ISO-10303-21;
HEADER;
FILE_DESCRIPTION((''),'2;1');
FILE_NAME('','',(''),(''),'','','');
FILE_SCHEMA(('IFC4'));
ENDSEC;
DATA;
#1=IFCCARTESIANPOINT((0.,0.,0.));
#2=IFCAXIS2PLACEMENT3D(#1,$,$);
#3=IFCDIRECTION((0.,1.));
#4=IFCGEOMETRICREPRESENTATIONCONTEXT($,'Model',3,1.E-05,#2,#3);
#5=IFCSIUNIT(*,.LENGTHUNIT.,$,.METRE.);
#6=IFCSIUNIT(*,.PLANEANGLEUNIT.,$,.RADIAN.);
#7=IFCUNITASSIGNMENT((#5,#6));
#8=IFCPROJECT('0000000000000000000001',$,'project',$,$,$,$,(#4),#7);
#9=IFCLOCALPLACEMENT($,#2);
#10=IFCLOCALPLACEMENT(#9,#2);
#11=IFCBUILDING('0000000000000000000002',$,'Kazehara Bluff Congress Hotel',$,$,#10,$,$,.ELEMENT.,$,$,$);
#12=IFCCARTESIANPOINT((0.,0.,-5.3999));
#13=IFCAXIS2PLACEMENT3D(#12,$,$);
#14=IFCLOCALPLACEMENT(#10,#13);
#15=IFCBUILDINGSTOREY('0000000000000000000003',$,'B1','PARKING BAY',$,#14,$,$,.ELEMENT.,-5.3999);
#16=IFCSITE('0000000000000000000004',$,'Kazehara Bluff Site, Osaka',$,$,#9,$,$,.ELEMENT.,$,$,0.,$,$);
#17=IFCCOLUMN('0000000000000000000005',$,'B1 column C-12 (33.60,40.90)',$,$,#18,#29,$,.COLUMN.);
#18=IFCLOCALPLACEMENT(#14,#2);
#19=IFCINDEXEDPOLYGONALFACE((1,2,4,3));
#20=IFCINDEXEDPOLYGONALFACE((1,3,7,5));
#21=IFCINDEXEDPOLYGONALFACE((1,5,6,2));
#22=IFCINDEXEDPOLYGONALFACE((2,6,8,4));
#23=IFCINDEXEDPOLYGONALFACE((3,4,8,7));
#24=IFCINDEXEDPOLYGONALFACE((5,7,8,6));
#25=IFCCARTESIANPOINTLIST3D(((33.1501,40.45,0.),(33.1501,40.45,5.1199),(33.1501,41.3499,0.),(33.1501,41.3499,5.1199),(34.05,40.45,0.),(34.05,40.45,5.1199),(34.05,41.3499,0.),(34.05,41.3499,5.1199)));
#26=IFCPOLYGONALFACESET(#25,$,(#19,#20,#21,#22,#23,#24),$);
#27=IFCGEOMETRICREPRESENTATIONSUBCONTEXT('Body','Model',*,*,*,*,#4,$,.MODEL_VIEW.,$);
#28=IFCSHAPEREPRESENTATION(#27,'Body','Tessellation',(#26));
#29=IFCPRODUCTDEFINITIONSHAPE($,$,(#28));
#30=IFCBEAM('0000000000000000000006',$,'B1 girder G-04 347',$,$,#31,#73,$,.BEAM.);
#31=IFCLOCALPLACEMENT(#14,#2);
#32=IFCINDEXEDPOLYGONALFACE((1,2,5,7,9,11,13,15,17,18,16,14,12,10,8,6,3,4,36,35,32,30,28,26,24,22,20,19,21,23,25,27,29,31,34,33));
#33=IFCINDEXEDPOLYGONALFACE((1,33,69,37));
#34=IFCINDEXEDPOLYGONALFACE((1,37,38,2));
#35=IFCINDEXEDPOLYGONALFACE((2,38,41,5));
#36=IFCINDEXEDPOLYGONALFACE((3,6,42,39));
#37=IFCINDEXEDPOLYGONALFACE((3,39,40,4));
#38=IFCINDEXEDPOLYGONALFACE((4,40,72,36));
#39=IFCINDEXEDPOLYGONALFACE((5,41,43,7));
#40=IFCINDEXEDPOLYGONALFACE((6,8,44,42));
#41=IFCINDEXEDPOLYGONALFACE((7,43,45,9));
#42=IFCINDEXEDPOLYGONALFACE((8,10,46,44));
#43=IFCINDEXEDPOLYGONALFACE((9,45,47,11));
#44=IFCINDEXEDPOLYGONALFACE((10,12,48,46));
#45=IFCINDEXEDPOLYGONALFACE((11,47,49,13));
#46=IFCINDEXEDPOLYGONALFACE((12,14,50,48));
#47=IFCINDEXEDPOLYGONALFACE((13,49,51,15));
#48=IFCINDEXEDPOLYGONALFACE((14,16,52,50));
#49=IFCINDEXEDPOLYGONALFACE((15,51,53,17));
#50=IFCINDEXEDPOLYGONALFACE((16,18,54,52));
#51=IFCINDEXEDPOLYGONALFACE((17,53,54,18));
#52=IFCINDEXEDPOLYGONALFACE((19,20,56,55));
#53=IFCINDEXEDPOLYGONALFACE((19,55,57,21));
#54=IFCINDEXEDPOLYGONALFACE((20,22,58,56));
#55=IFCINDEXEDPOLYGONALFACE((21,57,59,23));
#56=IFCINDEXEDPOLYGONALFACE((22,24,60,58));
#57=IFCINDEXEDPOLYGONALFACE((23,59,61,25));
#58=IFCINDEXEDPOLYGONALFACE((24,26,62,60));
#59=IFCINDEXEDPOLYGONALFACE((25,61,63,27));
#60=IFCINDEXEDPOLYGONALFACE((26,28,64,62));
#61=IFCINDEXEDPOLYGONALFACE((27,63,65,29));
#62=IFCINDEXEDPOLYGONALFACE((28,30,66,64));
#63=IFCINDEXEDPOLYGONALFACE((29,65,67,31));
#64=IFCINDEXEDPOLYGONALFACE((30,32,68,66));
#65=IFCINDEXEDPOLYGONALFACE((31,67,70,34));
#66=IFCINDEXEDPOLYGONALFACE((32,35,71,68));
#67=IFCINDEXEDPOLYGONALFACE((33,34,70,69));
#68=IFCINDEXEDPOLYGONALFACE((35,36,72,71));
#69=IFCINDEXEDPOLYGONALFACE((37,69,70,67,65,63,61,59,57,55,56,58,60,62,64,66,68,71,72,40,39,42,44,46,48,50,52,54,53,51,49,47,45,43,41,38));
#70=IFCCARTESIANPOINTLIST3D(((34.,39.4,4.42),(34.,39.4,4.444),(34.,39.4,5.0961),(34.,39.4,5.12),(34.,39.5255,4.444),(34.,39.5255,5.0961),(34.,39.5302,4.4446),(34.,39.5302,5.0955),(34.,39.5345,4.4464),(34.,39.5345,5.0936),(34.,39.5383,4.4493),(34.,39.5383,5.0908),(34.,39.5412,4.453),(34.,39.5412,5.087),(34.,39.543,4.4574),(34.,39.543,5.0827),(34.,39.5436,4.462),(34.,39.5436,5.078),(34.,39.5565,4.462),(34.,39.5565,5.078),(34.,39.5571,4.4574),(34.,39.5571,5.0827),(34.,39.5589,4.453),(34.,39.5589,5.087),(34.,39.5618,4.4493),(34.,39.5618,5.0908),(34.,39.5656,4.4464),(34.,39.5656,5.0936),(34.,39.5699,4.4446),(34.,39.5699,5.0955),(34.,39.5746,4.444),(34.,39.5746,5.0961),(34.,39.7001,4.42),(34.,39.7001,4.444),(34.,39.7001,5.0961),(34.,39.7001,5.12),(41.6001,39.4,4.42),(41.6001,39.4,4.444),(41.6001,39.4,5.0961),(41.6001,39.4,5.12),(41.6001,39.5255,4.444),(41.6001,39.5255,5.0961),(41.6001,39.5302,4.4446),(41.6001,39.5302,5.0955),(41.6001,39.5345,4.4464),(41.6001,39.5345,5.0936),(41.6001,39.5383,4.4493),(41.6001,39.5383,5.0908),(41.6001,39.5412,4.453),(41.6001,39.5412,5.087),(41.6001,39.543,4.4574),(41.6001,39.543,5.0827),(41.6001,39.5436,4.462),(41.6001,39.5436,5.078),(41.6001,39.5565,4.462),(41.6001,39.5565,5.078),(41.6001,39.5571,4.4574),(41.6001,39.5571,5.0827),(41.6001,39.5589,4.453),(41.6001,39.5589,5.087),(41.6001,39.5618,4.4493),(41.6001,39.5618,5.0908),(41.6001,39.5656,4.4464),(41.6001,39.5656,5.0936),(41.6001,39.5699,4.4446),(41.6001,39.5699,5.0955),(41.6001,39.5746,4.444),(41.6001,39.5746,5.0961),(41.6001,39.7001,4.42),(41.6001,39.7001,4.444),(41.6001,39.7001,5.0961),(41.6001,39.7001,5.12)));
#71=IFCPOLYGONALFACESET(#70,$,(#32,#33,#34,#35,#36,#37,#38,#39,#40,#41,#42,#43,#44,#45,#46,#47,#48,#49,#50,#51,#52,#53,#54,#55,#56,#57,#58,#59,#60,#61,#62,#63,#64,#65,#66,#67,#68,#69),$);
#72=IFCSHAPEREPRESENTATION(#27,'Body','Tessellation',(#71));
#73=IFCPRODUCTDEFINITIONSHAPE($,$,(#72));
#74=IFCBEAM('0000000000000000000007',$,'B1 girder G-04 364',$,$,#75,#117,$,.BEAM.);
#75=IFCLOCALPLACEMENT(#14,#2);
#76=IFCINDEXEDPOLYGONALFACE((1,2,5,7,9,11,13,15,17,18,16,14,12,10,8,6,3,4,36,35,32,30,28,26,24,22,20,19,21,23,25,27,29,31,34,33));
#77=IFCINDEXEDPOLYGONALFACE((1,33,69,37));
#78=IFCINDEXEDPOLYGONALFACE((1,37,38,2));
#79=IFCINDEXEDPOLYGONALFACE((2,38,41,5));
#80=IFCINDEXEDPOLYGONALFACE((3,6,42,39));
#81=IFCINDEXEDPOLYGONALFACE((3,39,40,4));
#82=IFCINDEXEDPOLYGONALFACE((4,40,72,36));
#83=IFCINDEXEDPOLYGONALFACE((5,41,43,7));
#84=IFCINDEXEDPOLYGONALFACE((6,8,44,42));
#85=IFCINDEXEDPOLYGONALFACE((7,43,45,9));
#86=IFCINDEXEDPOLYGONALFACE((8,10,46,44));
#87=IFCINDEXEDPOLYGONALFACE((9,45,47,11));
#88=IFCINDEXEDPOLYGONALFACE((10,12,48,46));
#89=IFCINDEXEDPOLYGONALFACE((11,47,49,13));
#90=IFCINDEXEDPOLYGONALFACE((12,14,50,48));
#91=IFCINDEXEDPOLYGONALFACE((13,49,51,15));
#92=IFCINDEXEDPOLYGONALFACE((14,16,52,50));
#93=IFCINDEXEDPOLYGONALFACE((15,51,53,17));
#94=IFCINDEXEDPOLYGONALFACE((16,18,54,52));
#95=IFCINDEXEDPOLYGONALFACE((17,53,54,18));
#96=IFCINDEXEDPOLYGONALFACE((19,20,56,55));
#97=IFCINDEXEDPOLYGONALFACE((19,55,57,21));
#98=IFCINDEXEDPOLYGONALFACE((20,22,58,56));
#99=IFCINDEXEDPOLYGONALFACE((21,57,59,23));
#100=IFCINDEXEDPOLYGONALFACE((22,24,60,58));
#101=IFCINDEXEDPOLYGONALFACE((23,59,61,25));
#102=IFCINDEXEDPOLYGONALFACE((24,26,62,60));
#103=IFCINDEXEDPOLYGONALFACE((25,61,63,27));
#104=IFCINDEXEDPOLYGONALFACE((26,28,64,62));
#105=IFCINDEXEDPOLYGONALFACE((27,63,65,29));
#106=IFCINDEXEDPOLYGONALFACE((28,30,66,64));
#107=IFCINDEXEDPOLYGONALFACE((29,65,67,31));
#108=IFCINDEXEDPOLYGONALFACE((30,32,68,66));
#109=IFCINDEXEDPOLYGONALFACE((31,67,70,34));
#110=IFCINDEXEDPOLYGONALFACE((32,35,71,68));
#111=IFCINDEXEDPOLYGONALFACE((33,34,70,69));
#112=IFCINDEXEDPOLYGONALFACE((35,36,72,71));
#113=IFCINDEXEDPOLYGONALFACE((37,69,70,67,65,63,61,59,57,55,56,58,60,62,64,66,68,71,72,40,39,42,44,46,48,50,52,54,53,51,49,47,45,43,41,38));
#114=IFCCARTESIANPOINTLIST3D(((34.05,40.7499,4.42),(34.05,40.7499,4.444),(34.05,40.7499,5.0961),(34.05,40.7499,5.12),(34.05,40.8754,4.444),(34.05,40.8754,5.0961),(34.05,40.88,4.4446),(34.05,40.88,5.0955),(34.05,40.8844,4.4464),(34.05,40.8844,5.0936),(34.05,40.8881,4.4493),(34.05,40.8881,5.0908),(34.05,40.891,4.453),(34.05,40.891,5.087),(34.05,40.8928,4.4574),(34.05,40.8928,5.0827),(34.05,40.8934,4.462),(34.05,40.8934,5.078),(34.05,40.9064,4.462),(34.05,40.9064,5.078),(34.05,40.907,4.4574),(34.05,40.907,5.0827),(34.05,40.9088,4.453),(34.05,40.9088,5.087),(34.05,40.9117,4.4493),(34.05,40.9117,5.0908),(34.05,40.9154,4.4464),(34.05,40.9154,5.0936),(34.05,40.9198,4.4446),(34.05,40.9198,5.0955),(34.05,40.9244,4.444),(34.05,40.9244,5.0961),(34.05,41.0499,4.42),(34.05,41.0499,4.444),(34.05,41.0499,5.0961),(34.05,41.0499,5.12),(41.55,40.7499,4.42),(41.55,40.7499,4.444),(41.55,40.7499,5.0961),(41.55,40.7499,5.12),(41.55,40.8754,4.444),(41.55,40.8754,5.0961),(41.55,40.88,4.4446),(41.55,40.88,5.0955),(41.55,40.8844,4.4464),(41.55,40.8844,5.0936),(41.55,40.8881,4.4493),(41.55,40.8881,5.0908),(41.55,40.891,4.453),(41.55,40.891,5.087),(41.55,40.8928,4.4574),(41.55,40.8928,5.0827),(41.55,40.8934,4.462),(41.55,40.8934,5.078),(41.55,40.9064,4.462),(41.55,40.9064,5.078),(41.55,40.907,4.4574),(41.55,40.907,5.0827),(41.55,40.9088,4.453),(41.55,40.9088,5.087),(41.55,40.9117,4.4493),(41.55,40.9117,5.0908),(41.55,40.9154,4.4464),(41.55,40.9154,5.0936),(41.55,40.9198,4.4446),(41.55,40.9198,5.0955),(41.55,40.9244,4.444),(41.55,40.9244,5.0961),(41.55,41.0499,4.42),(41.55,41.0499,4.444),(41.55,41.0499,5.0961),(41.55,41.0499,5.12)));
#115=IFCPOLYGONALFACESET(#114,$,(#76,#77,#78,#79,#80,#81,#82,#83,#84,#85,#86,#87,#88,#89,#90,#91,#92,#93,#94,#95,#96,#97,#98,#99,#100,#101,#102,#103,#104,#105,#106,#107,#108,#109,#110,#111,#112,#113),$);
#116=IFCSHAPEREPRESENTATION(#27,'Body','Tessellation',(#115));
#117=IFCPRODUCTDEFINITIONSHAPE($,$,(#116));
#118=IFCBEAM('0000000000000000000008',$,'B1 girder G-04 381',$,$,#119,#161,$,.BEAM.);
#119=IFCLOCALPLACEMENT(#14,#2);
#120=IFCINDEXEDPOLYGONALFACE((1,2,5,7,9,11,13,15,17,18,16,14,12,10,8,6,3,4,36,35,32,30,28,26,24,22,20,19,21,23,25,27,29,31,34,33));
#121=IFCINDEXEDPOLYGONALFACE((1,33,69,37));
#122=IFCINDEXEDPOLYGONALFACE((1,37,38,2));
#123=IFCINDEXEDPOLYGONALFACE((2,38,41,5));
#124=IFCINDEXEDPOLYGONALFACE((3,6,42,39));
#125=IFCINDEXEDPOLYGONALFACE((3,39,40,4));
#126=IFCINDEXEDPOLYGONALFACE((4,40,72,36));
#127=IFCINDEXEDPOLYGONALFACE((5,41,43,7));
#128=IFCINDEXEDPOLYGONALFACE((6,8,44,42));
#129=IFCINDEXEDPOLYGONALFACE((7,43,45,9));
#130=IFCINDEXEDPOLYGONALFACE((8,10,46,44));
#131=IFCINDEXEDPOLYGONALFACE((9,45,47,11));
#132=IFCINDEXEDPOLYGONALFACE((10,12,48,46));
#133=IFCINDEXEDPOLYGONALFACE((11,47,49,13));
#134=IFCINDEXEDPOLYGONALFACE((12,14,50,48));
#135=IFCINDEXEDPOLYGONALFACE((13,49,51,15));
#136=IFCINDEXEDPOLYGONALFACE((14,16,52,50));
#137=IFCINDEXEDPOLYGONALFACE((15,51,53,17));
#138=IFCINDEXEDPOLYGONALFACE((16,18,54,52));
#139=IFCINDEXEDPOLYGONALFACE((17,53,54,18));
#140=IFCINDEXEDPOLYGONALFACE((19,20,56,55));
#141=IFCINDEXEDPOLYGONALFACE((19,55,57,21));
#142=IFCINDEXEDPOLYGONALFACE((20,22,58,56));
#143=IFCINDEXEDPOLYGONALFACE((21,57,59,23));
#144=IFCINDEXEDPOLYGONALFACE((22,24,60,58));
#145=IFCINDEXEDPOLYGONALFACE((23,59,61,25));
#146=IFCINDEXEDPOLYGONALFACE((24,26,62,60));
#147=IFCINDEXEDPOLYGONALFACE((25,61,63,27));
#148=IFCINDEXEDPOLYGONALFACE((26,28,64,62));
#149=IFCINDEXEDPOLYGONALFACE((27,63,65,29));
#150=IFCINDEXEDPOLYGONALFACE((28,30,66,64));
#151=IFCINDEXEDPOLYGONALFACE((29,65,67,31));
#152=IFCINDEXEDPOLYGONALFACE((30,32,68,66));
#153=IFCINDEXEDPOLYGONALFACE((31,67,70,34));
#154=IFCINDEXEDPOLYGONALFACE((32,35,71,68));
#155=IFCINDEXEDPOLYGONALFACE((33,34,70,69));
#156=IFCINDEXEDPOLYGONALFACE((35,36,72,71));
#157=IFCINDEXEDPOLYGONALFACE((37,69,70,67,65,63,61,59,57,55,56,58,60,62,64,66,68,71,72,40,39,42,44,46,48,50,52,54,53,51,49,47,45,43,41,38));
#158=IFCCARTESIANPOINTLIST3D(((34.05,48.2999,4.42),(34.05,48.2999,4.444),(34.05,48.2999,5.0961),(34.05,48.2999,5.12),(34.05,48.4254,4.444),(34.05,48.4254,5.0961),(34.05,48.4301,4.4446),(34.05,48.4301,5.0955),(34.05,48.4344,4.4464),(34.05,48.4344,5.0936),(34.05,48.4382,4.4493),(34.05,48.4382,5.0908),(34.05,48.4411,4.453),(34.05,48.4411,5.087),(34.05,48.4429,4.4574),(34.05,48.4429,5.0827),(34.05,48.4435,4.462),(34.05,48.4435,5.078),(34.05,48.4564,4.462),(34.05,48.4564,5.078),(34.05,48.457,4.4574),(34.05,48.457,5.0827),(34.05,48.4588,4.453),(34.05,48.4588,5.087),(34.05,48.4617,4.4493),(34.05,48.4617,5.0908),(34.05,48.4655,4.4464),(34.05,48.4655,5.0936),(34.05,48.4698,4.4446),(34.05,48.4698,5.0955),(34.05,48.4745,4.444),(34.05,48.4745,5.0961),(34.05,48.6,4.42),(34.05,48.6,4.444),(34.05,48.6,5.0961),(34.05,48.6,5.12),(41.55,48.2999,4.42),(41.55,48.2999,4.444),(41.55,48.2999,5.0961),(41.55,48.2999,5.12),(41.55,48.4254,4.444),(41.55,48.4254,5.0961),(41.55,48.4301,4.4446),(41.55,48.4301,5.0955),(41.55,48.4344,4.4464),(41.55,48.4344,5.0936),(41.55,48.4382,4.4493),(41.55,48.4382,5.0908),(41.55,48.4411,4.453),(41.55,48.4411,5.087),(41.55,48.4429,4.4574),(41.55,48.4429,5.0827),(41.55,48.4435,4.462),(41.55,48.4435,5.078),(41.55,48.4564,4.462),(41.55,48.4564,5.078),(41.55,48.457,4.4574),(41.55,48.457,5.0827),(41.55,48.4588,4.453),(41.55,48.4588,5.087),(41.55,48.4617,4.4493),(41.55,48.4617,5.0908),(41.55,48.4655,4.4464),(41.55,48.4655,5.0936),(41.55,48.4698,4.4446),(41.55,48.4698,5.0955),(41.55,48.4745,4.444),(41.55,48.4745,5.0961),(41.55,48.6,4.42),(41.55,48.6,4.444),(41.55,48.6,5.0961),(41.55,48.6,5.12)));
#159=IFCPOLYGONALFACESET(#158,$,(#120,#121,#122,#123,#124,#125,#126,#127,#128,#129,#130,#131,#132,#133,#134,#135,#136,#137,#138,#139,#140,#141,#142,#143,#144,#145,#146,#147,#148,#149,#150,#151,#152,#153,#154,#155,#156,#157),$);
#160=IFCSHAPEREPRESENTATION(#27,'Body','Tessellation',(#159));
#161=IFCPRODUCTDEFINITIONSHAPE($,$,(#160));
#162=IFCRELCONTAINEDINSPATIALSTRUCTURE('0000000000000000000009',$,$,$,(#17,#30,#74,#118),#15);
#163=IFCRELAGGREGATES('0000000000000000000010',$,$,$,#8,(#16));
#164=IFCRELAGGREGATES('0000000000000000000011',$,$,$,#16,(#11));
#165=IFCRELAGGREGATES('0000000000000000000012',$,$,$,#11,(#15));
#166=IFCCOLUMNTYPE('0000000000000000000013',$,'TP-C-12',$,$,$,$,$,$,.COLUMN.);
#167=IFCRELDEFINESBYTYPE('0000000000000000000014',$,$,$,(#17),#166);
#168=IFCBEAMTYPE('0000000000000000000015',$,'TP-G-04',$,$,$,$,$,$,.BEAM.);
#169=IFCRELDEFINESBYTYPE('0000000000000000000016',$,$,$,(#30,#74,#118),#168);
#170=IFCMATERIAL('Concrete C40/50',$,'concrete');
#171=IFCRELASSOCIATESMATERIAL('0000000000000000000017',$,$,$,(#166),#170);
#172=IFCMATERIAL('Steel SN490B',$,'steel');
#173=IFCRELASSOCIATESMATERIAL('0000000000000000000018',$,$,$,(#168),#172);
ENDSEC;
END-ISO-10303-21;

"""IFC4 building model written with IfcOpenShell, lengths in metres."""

from ifc_helpers import new_model, si_unit, direction, frame, origin, origin_2d, place, context, subcontext, project, spatial, rectangle, i_section, extrude, material, material_profile, profile_set, type_object, element, save


model = new_model("IFC4")

# Units and contexts
model_context = context("Model", 3, precision=1e-05, world=origin(), true_north=direction((0.0, 1.0)))
body_context = subcontext(model_context, "Body", "Model", "MODEL_VIEW")
ifc_project = project(units=[si_unit("LENGTHUNIT", "METRE"), si_unit("PLANEANGLEUNIT", "RADIAN")], contexts=[model_context])

# Site, building, storey
site_placement = place(None, origin())
site = spatial("IfcSite", under=ifc_project, at=site_placement, Name="Kazehara Bluff Site, Osaka", CompositionType="ELEMENT", RefElevation=0.0)
building_placement = place(site_placement, origin())
building = spatial("IfcBuilding", under=site, at=building_placement, Name="Kazehara Bluff Congress Hotel", CompositionType="ELEMENT")
storey_placement = place(building_placement, frame((0.0, 0.0, -5.3999)))
storey = spatial("IfcBuildingStorey", under=building, at=storey_placement, Name="B1", Description="PARKING BAY", CompositionType="ELEMENT", Elevation=-5.3999)

# Column
ifc_material_1 = material(Name="Concrete C40/50", Category="concrete")
ifc_material_profile_1 = material_profile(ifc_material_1, rectangle(XDim=0.8999, YDim=0.8999, at=origin_2d()))
ifc_profile_set_1 = profile_set([ifc_material_profile_1], Name="Concrete C40/50")
column_type_1 = type_object("IfcColumnType", Name="TP-C-12", PredefinedType="COLUMN", material=ifc_profile_set_1)
column_1_placement = place(storey_placement, frame((33.6001, 40.8999, 0.0), z_axis=(0.0, 0.0, 1.0), x_axis=(1.0, 0.0, 0.0)))
element("IfcColumn", 1, at=column_1_placement, inside=storey, type_object=column_type_1, Name="B1 column C-12 (33.60,40.90)", PredefinedType="COLUMN", context=body_context, shape_type="SweptSolid", body=[
    extrude(rectangle(XDim=0.8999, YDim=0.8999, at=origin_2d()), origin(), (0.0, 0.0, 1.0), 5.1199),
])

# Beams
ifc_material_2 = material(Name="Steel SN490B", Category="steel")
ifc_material_profile_2 = material_profile(ifc_material_2, i_section(OverallWidth=0.3, OverallDepth=0.7, WebThickness=0.0129, FlangeThickness=0.0239, FilletRadius=0.0181, at=origin_2d()))
ifc_profile_set_2 = profile_set([ifc_material_profile_2], Name="Steel SN490B")
beam_type_1 = type_object("IfcBeamType", Name="TP-G-04", PredefinedType="BEAM", material=ifc_profile_set_2)
beam_1_placement = place(storey_placement, frame((34.0, 39.55, 4.77), z_axis=(1.0, 0.0, 0.0), x_axis=(0.0, 1.0, 0.0)))
element("IfcBeam", 2, at=beam_1_placement, inside=storey, type_object=beam_type_1, Name="B1 girder G-04 347", PredefinedType="BEAM", context=body_context, shape_type="SweptSolid", body=[
    extrude(i_section(OverallWidth=0.3, OverallDepth=0.7, WebThickness=0.0129, FlangeThickness=0.0239, FilletRadius=0.0181, at=origin_2d()), origin(), (0.0, 0.0, 1.0), 7.6001),
])
for number, where, z_axis, x_axis, name in (
    (3, (34.05, 40.8999, 4.77), (1.0, 0.0, 0.0), (0.0, 1.0, 0.0), "B1 girder G-04 364"),
    (4, (34.05, 48.45, 4.77), (1.0, 0.0, 0.0), (0.0, 1.0, 0.0), "B1 girder G-04 381"),
):
    element("IfcBeam", number, at=place(storey_placement, frame(where, z_axis=z_axis, x_axis=x_axis)), inside=storey, type_object=beam_type_1, Name=name, PredefinedType="BEAM", context=body_context, shape_type="SweptSolid", body=[
        extrude(i_section(OverallWidth=0.3, OverallDepth=0.7, WebThickness=0.0129, FlangeThickness=0.0239, FilletRadius=0.0181, at=origin_2d()), origin(), (0.0, 0.0, 1.0), 7.5),
    ])

save(model, "model.ifc")
